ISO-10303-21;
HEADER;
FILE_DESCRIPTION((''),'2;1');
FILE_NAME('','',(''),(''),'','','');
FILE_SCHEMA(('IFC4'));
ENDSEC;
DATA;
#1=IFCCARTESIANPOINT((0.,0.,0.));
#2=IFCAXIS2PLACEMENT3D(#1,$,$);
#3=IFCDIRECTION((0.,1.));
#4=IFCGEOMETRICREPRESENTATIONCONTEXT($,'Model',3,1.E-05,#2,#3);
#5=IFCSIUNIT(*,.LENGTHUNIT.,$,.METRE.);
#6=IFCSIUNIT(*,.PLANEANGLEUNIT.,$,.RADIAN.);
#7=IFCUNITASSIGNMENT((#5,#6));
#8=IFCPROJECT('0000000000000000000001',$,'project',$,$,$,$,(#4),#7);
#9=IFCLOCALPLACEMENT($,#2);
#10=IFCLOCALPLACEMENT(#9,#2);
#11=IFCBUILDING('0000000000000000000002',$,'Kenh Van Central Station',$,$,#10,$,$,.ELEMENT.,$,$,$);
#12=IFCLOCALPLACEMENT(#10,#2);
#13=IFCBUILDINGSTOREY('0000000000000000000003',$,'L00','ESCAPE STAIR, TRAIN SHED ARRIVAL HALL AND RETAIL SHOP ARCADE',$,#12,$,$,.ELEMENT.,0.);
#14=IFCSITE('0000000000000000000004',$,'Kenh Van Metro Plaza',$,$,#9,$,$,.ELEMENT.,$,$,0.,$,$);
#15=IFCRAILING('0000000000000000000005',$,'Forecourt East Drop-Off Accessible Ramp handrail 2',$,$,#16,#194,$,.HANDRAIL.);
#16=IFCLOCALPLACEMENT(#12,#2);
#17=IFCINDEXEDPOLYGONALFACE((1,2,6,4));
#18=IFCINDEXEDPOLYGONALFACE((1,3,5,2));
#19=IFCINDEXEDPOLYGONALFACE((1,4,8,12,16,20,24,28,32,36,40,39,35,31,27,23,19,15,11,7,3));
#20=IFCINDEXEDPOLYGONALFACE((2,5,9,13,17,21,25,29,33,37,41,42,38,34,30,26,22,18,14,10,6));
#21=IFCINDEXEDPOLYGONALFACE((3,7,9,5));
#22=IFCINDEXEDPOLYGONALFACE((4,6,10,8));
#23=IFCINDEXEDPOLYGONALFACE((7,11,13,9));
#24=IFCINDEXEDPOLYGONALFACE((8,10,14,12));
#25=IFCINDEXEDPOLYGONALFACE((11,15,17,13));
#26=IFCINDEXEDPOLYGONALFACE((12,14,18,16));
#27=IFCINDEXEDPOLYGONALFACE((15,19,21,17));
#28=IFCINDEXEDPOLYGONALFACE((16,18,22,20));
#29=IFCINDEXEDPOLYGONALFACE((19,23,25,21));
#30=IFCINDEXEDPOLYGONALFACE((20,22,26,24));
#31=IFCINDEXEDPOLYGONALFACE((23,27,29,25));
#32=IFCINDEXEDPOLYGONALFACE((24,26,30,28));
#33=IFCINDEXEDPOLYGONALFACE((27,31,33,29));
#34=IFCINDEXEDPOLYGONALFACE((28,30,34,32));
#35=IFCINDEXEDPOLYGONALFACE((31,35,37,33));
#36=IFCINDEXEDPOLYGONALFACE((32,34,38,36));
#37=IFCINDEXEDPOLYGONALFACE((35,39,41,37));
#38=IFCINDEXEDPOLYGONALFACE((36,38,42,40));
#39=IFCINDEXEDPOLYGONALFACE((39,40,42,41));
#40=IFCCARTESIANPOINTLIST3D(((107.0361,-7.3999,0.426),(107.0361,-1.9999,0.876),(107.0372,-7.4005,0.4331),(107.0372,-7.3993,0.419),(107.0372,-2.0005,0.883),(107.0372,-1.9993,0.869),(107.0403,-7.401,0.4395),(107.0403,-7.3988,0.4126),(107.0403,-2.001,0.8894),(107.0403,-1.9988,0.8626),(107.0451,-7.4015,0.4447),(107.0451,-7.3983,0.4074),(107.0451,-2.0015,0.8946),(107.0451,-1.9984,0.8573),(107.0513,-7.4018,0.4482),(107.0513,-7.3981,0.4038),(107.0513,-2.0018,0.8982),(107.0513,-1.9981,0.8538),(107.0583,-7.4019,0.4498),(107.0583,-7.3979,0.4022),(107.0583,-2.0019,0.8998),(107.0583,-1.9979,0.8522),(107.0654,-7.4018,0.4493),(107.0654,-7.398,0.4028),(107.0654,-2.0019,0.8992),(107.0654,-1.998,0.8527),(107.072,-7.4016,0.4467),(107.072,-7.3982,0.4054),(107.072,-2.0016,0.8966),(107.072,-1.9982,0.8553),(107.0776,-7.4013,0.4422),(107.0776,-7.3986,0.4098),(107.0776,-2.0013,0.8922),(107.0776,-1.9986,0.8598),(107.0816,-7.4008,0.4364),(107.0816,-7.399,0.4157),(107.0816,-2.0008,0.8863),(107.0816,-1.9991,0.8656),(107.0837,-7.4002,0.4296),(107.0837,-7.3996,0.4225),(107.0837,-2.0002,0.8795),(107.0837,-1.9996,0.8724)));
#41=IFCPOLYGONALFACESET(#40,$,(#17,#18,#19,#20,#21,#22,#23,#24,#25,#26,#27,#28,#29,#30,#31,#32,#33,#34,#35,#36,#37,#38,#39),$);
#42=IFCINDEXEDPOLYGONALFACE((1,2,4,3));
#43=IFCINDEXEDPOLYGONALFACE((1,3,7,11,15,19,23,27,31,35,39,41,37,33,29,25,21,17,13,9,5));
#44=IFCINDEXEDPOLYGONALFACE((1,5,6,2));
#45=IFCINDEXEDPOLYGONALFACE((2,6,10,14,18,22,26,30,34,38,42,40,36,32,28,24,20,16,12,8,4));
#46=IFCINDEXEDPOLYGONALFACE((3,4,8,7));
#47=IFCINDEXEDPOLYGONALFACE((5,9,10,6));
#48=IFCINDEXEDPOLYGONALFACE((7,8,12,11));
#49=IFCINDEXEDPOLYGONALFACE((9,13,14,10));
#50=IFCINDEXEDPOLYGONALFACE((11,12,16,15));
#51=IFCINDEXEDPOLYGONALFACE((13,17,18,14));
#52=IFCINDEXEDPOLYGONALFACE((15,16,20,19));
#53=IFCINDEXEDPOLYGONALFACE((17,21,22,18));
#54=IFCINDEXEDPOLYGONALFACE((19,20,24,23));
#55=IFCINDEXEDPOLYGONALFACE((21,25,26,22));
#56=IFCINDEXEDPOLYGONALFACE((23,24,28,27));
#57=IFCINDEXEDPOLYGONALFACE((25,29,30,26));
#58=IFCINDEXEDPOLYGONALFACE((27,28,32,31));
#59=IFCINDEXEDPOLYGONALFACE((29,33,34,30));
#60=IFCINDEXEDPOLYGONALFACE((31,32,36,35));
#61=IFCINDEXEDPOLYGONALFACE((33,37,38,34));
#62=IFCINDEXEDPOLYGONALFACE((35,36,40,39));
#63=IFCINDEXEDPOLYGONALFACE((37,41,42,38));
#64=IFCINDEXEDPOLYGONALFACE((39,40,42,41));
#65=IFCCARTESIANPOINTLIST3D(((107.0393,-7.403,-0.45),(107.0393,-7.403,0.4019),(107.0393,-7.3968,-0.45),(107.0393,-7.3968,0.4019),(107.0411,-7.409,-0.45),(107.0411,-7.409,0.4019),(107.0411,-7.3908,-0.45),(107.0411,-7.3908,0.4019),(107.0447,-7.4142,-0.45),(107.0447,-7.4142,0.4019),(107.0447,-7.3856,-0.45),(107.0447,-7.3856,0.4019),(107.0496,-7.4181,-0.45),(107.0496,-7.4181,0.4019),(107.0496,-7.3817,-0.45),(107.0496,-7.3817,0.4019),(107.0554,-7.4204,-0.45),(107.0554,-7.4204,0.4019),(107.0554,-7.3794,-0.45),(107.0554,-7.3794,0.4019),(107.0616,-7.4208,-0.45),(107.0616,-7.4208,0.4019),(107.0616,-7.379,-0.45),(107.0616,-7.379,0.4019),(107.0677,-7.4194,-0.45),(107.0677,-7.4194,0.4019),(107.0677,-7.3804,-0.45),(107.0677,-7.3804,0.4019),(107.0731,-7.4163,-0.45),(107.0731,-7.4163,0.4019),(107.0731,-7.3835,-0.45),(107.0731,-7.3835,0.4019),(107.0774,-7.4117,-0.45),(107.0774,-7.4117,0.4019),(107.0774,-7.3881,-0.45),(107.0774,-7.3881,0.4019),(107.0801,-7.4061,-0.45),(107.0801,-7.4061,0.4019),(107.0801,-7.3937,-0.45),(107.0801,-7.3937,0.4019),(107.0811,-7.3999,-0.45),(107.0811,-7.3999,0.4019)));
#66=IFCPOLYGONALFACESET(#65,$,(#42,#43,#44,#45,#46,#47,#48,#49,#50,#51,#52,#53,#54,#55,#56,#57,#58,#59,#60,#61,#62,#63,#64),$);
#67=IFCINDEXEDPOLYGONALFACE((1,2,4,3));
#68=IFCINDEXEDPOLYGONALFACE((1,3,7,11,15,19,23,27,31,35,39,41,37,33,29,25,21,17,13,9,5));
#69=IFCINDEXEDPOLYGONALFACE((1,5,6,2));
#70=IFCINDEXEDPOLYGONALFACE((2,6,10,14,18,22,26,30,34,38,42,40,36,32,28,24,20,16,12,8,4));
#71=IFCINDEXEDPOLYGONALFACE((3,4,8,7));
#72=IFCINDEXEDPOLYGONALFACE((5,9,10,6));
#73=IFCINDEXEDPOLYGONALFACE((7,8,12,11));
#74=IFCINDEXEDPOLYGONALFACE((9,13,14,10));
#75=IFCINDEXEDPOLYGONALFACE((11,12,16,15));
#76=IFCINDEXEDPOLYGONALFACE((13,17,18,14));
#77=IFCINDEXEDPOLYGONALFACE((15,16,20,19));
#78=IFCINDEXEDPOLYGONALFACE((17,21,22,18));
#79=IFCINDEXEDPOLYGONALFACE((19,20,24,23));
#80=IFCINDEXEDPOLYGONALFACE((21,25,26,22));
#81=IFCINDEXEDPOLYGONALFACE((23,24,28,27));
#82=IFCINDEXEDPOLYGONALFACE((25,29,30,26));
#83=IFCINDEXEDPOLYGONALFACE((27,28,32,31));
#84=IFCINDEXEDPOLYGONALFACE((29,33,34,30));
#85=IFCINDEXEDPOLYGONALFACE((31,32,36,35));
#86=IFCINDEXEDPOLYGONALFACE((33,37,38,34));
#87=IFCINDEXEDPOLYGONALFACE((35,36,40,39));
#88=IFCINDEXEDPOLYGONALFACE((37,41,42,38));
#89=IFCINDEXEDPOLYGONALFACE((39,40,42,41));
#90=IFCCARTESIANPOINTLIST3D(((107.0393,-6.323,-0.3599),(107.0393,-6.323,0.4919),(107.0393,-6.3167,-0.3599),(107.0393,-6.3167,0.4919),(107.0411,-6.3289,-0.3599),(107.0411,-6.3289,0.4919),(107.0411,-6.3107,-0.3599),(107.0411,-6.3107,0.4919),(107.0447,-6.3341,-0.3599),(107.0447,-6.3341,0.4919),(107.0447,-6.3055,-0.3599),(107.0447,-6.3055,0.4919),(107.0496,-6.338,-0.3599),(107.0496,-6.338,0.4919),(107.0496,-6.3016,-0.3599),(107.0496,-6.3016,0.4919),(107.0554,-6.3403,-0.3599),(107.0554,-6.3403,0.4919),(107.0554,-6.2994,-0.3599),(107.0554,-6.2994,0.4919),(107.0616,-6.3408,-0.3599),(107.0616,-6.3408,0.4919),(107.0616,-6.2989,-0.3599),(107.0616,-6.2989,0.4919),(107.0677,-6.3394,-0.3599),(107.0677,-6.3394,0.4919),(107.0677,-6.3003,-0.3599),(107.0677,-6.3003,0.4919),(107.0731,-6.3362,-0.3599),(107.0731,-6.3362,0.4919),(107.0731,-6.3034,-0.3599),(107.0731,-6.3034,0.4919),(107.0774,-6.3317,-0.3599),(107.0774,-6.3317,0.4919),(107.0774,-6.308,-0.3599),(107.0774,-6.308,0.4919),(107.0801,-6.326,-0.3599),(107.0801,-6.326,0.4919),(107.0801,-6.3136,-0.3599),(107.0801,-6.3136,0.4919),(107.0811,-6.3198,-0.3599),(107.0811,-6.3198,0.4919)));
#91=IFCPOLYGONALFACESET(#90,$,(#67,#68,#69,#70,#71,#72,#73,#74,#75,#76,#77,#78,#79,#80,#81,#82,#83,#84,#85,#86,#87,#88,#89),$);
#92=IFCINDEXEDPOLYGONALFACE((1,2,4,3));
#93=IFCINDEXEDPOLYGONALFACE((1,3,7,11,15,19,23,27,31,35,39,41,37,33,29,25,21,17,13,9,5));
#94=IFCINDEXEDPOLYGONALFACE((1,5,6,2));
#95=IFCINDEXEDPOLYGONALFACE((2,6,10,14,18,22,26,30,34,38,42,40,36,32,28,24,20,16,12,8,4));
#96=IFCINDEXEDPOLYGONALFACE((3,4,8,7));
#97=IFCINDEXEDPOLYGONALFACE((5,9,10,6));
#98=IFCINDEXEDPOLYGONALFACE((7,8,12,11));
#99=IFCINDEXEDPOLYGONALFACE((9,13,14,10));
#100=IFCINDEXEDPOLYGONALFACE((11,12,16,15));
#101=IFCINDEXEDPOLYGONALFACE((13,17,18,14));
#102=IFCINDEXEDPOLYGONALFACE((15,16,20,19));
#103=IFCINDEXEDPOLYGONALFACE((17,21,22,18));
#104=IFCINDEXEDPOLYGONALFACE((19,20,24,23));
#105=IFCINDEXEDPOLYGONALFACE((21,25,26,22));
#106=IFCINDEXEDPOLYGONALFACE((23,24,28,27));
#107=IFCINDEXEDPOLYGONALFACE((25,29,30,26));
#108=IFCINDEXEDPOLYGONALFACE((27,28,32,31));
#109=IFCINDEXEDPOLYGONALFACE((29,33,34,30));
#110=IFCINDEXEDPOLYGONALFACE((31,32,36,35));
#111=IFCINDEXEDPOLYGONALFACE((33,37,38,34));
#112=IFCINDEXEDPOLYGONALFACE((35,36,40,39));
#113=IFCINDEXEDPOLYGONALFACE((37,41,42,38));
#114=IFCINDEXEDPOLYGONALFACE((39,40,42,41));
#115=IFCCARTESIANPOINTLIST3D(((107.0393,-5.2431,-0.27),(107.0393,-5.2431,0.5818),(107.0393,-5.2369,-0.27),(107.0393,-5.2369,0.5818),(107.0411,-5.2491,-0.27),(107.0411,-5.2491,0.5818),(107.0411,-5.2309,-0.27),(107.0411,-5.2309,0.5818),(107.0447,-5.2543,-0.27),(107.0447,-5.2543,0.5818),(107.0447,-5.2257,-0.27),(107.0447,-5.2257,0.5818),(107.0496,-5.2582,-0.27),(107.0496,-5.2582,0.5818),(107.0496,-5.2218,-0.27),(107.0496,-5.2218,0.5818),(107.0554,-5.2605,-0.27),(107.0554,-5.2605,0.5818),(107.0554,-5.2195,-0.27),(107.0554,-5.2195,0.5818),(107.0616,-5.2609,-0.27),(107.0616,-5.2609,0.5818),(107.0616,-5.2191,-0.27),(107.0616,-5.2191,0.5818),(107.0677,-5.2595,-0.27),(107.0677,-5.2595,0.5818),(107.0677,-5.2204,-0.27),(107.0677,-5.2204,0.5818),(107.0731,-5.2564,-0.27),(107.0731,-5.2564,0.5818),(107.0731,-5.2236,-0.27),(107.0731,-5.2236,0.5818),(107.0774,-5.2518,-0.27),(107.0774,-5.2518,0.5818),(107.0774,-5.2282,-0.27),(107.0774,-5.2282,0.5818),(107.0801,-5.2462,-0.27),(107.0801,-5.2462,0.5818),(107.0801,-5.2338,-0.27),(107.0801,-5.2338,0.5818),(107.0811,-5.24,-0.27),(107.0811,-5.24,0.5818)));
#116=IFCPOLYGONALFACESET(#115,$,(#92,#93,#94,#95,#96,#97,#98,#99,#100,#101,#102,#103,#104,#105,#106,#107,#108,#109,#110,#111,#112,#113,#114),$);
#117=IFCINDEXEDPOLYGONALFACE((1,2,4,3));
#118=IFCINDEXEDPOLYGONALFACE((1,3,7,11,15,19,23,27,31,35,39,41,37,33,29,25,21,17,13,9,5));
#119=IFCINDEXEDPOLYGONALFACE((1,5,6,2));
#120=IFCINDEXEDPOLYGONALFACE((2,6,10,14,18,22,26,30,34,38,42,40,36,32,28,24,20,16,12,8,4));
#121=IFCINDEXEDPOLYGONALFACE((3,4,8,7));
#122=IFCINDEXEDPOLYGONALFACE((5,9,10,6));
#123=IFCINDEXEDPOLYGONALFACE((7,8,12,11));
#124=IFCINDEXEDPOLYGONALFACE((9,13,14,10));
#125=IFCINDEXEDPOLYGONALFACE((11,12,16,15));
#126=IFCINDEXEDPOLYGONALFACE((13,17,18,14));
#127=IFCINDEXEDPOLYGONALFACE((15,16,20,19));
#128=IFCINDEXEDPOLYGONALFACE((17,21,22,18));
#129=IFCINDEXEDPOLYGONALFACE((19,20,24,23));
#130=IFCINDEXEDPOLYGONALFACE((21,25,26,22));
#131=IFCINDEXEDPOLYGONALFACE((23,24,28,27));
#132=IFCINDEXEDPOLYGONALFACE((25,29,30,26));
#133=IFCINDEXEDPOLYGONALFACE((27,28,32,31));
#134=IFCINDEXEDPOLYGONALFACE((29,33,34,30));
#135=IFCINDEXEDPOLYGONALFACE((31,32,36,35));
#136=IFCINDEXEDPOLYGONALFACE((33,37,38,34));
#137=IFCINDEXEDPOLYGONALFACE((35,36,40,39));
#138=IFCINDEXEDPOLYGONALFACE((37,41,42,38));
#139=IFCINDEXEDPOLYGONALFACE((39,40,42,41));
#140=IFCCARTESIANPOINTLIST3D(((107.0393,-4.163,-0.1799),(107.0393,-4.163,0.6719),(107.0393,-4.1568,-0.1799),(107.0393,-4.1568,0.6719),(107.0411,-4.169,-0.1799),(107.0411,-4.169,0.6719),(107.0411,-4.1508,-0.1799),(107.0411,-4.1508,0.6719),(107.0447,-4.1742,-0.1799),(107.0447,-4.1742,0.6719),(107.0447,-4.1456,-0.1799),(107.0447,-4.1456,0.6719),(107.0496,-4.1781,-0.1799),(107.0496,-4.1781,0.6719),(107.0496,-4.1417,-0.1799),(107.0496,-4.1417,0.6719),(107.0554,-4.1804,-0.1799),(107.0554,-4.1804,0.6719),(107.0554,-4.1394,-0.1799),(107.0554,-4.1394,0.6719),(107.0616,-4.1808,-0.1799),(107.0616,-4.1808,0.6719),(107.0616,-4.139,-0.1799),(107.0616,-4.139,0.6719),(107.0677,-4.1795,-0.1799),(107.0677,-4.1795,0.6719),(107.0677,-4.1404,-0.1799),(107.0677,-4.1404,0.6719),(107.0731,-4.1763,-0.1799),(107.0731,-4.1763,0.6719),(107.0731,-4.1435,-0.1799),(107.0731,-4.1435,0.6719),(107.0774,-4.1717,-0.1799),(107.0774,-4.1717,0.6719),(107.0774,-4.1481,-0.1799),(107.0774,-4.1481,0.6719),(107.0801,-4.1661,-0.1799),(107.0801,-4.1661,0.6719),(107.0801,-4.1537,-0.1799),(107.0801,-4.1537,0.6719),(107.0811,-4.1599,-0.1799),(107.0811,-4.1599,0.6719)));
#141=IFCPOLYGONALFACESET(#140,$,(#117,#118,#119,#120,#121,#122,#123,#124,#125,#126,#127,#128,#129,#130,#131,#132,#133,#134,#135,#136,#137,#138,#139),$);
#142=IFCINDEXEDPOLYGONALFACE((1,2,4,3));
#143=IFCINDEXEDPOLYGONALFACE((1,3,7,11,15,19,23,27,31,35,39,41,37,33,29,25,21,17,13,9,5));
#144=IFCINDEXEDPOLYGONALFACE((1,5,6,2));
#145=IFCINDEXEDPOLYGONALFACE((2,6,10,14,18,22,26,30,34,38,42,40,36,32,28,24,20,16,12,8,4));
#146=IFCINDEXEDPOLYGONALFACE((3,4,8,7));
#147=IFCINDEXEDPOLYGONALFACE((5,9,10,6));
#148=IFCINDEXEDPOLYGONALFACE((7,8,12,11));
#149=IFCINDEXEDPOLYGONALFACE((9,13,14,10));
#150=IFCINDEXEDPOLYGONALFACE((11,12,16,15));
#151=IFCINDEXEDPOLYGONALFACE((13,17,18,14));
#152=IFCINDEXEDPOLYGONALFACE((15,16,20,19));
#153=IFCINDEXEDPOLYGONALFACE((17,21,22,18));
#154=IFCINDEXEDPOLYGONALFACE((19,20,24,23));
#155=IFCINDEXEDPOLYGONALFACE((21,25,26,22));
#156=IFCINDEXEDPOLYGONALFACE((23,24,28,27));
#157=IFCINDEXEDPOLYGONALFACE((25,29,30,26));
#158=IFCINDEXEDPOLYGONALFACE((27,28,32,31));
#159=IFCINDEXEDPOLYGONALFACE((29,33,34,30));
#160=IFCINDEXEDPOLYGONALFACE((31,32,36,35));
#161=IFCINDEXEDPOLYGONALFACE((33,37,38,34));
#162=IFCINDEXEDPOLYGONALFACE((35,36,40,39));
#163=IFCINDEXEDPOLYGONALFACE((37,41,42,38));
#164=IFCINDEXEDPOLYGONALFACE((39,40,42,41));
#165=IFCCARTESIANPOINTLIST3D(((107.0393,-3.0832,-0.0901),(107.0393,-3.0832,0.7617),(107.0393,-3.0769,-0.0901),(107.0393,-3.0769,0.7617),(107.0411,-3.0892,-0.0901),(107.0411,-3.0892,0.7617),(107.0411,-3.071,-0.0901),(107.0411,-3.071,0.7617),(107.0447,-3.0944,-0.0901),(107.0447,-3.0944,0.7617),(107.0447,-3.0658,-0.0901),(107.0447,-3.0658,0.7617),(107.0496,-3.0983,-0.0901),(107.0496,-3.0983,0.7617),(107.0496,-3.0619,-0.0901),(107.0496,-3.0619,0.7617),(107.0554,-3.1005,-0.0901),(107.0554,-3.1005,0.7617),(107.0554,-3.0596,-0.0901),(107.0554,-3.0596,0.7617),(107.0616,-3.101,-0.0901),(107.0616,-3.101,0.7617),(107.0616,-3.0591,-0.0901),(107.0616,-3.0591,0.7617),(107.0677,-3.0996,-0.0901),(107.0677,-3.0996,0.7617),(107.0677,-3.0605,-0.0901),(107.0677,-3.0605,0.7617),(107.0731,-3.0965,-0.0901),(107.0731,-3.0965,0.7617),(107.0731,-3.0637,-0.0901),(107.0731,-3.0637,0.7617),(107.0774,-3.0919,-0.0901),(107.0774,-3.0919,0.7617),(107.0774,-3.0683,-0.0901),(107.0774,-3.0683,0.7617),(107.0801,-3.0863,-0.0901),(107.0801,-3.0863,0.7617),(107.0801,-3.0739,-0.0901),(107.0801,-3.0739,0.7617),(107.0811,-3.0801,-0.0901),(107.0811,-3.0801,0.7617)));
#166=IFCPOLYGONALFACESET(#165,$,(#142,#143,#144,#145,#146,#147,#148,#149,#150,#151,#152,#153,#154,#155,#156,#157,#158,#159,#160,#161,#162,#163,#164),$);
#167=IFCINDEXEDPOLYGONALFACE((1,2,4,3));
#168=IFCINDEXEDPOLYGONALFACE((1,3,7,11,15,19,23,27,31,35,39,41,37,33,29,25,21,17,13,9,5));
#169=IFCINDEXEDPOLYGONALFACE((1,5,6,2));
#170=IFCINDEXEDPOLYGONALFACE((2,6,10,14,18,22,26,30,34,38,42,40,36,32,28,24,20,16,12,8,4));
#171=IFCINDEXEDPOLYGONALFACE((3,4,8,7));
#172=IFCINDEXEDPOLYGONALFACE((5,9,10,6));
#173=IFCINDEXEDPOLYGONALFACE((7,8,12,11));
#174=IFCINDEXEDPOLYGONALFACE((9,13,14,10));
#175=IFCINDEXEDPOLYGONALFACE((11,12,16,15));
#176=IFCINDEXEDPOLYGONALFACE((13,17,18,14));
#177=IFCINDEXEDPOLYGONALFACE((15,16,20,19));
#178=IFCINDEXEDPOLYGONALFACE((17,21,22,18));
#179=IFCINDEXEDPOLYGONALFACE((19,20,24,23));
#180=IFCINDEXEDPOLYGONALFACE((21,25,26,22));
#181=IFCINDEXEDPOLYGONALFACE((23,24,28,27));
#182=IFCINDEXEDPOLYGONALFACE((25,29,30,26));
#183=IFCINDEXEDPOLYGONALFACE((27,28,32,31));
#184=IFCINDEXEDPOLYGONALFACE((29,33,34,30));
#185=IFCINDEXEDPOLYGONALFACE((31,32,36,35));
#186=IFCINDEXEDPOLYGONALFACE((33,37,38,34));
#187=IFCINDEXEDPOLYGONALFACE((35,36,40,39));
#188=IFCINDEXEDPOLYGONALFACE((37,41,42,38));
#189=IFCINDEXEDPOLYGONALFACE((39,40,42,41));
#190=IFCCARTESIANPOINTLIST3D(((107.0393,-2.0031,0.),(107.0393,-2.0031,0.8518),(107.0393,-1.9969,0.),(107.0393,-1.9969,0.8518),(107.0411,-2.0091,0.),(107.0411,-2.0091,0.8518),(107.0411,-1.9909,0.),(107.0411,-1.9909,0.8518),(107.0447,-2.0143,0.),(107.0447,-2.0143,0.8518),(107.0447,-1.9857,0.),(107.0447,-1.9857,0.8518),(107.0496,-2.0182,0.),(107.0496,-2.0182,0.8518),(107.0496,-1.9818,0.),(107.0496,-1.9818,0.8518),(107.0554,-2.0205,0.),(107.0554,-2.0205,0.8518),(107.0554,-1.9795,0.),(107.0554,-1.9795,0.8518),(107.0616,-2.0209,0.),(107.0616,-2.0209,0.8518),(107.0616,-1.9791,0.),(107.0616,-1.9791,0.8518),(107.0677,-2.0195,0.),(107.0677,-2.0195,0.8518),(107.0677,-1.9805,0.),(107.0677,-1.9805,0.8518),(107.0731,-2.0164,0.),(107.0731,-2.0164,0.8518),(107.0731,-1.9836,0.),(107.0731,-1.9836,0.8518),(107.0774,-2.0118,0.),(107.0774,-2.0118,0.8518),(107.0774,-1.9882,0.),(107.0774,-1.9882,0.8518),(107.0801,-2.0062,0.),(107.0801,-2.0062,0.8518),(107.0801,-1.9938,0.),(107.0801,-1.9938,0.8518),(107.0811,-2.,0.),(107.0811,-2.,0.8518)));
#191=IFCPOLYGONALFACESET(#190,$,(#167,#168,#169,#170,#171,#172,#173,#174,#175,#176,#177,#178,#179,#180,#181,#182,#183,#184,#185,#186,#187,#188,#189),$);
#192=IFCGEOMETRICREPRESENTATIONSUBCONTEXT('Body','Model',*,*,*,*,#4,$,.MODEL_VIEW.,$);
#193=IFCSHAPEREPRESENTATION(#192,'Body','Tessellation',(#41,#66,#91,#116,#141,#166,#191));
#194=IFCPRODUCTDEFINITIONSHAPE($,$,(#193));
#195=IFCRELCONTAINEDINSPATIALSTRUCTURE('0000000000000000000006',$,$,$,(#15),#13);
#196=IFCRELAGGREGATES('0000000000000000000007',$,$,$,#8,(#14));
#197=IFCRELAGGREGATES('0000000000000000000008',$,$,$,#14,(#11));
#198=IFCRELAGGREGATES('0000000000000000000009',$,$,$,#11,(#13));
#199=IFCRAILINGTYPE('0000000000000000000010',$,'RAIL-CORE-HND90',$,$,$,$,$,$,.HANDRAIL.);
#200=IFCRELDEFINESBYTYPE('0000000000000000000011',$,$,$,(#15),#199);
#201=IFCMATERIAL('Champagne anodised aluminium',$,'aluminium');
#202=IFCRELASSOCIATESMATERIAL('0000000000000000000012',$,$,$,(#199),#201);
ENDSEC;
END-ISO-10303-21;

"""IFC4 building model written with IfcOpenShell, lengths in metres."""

from ifc_helpers import new_model, si_unit, direction, frame, origin, origin_2d, place, context, subcontext, project, spatial, circle, extrude, material, type_object, element, save


model = new_model("IFC4")

# Units and contexts
model_context = context("Model", 3, precision=1e-05, world=origin(), true_north=direction((0.0, 1.0)))
body_context = subcontext(model_context, "Body", "Model", "MODEL_VIEW")
ifc_project = project(units=[si_unit("LENGTHUNIT", "METRE"), si_unit("PLANEANGLEUNIT", "RADIAN")], contexts=[model_context])

# Site, building, storey
site_placement = place(None, origin())
site = spatial("IfcSite", under=ifc_project, at=site_placement, Name="Kenh Van Metro Plaza", CompositionType="ELEMENT", RefElevation=0.0)
building_placement = place(site_placement, origin())
building = spatial("IfcBuilding", under=site, at=building_placement, Name="Kenh Van Central Station", CompositionType="ELEMENT")
storey_placement = place(building_placement, origin())
storey = spatial("IfcBuildingStorey", under=building, at=storey_placement, Name="L00", Description="ESCAPE STAIR, TRAIN SHED ARRIVAL HALL AND RETAIL SHOP ARCADE", CompositionType="ELEMENT", Elevation=0.0)

# Shared definitions
ifc_material_1 = material(Name="Champagne anodised aluminium", Category="aluminium")

# Railing
railing_type = type_object("IfcRailingType", Name="RAIL-CORE-HND90", PredefinedType="HANDRAIL", material=ifc_material_1)
for number, where, name in (
    (1, (107.0601, -7.3999, -0.45), "Forecourt East Drop-Off Accessible Ramp handrail 2"),
):
    element("IfcRailing", number, at=place(storey_placement, frame(where)), inside=storey, type_object=railing_type, Name=name, PredefinedType="HANDRAIL", context=body_context, shape_type="SweptSolid", body=[
        extrude(circle(Radius=0.0239, at=origin_2d()), frame((0.0, 0.0, 0.876), z_axis=(0.0, 0.996546, 0.083038), x_axis=(-1.0, 0.0, 0.0)), (0.0, 0.0, 1.0), 5.4187),
        extrude(circle(Radius=0.021, at=origin_2d()), origin(), (0.0, 0.0, 1.0), 0.8518),
        extrude(circle(Radius=0.021, at=origin_2d()), frame((0.0, 1.0801, 0.0901)), (0.0, 0.0, 1.0), 0.8518),
        extrude(circle(Radius=0.021, at=origin_2d()), frame((0.0, 2.1599, 0.1799)), (0.0, 0.0, 1.0), 0.8518),
        extrude(circle(Radius=0.021, at=origin_2d()), frame((0.0, 3.24, 0.27)), (0.0, 0.0, 1.0), 0.8518),
        extrude(circle(Radius=0.021, at=origin_2d()), frame((0.0, 4.3198, 0.3599)), (0.0, 0.0, 1.0), 0.8518),
        extrude(circle(Radius=0.021, at=origin_2d()), frame((0.0, 5.3999, 0.45)), (0.0, 0.0, 1.0), 0.8518),
    ])

save(model, "model.ifc")
